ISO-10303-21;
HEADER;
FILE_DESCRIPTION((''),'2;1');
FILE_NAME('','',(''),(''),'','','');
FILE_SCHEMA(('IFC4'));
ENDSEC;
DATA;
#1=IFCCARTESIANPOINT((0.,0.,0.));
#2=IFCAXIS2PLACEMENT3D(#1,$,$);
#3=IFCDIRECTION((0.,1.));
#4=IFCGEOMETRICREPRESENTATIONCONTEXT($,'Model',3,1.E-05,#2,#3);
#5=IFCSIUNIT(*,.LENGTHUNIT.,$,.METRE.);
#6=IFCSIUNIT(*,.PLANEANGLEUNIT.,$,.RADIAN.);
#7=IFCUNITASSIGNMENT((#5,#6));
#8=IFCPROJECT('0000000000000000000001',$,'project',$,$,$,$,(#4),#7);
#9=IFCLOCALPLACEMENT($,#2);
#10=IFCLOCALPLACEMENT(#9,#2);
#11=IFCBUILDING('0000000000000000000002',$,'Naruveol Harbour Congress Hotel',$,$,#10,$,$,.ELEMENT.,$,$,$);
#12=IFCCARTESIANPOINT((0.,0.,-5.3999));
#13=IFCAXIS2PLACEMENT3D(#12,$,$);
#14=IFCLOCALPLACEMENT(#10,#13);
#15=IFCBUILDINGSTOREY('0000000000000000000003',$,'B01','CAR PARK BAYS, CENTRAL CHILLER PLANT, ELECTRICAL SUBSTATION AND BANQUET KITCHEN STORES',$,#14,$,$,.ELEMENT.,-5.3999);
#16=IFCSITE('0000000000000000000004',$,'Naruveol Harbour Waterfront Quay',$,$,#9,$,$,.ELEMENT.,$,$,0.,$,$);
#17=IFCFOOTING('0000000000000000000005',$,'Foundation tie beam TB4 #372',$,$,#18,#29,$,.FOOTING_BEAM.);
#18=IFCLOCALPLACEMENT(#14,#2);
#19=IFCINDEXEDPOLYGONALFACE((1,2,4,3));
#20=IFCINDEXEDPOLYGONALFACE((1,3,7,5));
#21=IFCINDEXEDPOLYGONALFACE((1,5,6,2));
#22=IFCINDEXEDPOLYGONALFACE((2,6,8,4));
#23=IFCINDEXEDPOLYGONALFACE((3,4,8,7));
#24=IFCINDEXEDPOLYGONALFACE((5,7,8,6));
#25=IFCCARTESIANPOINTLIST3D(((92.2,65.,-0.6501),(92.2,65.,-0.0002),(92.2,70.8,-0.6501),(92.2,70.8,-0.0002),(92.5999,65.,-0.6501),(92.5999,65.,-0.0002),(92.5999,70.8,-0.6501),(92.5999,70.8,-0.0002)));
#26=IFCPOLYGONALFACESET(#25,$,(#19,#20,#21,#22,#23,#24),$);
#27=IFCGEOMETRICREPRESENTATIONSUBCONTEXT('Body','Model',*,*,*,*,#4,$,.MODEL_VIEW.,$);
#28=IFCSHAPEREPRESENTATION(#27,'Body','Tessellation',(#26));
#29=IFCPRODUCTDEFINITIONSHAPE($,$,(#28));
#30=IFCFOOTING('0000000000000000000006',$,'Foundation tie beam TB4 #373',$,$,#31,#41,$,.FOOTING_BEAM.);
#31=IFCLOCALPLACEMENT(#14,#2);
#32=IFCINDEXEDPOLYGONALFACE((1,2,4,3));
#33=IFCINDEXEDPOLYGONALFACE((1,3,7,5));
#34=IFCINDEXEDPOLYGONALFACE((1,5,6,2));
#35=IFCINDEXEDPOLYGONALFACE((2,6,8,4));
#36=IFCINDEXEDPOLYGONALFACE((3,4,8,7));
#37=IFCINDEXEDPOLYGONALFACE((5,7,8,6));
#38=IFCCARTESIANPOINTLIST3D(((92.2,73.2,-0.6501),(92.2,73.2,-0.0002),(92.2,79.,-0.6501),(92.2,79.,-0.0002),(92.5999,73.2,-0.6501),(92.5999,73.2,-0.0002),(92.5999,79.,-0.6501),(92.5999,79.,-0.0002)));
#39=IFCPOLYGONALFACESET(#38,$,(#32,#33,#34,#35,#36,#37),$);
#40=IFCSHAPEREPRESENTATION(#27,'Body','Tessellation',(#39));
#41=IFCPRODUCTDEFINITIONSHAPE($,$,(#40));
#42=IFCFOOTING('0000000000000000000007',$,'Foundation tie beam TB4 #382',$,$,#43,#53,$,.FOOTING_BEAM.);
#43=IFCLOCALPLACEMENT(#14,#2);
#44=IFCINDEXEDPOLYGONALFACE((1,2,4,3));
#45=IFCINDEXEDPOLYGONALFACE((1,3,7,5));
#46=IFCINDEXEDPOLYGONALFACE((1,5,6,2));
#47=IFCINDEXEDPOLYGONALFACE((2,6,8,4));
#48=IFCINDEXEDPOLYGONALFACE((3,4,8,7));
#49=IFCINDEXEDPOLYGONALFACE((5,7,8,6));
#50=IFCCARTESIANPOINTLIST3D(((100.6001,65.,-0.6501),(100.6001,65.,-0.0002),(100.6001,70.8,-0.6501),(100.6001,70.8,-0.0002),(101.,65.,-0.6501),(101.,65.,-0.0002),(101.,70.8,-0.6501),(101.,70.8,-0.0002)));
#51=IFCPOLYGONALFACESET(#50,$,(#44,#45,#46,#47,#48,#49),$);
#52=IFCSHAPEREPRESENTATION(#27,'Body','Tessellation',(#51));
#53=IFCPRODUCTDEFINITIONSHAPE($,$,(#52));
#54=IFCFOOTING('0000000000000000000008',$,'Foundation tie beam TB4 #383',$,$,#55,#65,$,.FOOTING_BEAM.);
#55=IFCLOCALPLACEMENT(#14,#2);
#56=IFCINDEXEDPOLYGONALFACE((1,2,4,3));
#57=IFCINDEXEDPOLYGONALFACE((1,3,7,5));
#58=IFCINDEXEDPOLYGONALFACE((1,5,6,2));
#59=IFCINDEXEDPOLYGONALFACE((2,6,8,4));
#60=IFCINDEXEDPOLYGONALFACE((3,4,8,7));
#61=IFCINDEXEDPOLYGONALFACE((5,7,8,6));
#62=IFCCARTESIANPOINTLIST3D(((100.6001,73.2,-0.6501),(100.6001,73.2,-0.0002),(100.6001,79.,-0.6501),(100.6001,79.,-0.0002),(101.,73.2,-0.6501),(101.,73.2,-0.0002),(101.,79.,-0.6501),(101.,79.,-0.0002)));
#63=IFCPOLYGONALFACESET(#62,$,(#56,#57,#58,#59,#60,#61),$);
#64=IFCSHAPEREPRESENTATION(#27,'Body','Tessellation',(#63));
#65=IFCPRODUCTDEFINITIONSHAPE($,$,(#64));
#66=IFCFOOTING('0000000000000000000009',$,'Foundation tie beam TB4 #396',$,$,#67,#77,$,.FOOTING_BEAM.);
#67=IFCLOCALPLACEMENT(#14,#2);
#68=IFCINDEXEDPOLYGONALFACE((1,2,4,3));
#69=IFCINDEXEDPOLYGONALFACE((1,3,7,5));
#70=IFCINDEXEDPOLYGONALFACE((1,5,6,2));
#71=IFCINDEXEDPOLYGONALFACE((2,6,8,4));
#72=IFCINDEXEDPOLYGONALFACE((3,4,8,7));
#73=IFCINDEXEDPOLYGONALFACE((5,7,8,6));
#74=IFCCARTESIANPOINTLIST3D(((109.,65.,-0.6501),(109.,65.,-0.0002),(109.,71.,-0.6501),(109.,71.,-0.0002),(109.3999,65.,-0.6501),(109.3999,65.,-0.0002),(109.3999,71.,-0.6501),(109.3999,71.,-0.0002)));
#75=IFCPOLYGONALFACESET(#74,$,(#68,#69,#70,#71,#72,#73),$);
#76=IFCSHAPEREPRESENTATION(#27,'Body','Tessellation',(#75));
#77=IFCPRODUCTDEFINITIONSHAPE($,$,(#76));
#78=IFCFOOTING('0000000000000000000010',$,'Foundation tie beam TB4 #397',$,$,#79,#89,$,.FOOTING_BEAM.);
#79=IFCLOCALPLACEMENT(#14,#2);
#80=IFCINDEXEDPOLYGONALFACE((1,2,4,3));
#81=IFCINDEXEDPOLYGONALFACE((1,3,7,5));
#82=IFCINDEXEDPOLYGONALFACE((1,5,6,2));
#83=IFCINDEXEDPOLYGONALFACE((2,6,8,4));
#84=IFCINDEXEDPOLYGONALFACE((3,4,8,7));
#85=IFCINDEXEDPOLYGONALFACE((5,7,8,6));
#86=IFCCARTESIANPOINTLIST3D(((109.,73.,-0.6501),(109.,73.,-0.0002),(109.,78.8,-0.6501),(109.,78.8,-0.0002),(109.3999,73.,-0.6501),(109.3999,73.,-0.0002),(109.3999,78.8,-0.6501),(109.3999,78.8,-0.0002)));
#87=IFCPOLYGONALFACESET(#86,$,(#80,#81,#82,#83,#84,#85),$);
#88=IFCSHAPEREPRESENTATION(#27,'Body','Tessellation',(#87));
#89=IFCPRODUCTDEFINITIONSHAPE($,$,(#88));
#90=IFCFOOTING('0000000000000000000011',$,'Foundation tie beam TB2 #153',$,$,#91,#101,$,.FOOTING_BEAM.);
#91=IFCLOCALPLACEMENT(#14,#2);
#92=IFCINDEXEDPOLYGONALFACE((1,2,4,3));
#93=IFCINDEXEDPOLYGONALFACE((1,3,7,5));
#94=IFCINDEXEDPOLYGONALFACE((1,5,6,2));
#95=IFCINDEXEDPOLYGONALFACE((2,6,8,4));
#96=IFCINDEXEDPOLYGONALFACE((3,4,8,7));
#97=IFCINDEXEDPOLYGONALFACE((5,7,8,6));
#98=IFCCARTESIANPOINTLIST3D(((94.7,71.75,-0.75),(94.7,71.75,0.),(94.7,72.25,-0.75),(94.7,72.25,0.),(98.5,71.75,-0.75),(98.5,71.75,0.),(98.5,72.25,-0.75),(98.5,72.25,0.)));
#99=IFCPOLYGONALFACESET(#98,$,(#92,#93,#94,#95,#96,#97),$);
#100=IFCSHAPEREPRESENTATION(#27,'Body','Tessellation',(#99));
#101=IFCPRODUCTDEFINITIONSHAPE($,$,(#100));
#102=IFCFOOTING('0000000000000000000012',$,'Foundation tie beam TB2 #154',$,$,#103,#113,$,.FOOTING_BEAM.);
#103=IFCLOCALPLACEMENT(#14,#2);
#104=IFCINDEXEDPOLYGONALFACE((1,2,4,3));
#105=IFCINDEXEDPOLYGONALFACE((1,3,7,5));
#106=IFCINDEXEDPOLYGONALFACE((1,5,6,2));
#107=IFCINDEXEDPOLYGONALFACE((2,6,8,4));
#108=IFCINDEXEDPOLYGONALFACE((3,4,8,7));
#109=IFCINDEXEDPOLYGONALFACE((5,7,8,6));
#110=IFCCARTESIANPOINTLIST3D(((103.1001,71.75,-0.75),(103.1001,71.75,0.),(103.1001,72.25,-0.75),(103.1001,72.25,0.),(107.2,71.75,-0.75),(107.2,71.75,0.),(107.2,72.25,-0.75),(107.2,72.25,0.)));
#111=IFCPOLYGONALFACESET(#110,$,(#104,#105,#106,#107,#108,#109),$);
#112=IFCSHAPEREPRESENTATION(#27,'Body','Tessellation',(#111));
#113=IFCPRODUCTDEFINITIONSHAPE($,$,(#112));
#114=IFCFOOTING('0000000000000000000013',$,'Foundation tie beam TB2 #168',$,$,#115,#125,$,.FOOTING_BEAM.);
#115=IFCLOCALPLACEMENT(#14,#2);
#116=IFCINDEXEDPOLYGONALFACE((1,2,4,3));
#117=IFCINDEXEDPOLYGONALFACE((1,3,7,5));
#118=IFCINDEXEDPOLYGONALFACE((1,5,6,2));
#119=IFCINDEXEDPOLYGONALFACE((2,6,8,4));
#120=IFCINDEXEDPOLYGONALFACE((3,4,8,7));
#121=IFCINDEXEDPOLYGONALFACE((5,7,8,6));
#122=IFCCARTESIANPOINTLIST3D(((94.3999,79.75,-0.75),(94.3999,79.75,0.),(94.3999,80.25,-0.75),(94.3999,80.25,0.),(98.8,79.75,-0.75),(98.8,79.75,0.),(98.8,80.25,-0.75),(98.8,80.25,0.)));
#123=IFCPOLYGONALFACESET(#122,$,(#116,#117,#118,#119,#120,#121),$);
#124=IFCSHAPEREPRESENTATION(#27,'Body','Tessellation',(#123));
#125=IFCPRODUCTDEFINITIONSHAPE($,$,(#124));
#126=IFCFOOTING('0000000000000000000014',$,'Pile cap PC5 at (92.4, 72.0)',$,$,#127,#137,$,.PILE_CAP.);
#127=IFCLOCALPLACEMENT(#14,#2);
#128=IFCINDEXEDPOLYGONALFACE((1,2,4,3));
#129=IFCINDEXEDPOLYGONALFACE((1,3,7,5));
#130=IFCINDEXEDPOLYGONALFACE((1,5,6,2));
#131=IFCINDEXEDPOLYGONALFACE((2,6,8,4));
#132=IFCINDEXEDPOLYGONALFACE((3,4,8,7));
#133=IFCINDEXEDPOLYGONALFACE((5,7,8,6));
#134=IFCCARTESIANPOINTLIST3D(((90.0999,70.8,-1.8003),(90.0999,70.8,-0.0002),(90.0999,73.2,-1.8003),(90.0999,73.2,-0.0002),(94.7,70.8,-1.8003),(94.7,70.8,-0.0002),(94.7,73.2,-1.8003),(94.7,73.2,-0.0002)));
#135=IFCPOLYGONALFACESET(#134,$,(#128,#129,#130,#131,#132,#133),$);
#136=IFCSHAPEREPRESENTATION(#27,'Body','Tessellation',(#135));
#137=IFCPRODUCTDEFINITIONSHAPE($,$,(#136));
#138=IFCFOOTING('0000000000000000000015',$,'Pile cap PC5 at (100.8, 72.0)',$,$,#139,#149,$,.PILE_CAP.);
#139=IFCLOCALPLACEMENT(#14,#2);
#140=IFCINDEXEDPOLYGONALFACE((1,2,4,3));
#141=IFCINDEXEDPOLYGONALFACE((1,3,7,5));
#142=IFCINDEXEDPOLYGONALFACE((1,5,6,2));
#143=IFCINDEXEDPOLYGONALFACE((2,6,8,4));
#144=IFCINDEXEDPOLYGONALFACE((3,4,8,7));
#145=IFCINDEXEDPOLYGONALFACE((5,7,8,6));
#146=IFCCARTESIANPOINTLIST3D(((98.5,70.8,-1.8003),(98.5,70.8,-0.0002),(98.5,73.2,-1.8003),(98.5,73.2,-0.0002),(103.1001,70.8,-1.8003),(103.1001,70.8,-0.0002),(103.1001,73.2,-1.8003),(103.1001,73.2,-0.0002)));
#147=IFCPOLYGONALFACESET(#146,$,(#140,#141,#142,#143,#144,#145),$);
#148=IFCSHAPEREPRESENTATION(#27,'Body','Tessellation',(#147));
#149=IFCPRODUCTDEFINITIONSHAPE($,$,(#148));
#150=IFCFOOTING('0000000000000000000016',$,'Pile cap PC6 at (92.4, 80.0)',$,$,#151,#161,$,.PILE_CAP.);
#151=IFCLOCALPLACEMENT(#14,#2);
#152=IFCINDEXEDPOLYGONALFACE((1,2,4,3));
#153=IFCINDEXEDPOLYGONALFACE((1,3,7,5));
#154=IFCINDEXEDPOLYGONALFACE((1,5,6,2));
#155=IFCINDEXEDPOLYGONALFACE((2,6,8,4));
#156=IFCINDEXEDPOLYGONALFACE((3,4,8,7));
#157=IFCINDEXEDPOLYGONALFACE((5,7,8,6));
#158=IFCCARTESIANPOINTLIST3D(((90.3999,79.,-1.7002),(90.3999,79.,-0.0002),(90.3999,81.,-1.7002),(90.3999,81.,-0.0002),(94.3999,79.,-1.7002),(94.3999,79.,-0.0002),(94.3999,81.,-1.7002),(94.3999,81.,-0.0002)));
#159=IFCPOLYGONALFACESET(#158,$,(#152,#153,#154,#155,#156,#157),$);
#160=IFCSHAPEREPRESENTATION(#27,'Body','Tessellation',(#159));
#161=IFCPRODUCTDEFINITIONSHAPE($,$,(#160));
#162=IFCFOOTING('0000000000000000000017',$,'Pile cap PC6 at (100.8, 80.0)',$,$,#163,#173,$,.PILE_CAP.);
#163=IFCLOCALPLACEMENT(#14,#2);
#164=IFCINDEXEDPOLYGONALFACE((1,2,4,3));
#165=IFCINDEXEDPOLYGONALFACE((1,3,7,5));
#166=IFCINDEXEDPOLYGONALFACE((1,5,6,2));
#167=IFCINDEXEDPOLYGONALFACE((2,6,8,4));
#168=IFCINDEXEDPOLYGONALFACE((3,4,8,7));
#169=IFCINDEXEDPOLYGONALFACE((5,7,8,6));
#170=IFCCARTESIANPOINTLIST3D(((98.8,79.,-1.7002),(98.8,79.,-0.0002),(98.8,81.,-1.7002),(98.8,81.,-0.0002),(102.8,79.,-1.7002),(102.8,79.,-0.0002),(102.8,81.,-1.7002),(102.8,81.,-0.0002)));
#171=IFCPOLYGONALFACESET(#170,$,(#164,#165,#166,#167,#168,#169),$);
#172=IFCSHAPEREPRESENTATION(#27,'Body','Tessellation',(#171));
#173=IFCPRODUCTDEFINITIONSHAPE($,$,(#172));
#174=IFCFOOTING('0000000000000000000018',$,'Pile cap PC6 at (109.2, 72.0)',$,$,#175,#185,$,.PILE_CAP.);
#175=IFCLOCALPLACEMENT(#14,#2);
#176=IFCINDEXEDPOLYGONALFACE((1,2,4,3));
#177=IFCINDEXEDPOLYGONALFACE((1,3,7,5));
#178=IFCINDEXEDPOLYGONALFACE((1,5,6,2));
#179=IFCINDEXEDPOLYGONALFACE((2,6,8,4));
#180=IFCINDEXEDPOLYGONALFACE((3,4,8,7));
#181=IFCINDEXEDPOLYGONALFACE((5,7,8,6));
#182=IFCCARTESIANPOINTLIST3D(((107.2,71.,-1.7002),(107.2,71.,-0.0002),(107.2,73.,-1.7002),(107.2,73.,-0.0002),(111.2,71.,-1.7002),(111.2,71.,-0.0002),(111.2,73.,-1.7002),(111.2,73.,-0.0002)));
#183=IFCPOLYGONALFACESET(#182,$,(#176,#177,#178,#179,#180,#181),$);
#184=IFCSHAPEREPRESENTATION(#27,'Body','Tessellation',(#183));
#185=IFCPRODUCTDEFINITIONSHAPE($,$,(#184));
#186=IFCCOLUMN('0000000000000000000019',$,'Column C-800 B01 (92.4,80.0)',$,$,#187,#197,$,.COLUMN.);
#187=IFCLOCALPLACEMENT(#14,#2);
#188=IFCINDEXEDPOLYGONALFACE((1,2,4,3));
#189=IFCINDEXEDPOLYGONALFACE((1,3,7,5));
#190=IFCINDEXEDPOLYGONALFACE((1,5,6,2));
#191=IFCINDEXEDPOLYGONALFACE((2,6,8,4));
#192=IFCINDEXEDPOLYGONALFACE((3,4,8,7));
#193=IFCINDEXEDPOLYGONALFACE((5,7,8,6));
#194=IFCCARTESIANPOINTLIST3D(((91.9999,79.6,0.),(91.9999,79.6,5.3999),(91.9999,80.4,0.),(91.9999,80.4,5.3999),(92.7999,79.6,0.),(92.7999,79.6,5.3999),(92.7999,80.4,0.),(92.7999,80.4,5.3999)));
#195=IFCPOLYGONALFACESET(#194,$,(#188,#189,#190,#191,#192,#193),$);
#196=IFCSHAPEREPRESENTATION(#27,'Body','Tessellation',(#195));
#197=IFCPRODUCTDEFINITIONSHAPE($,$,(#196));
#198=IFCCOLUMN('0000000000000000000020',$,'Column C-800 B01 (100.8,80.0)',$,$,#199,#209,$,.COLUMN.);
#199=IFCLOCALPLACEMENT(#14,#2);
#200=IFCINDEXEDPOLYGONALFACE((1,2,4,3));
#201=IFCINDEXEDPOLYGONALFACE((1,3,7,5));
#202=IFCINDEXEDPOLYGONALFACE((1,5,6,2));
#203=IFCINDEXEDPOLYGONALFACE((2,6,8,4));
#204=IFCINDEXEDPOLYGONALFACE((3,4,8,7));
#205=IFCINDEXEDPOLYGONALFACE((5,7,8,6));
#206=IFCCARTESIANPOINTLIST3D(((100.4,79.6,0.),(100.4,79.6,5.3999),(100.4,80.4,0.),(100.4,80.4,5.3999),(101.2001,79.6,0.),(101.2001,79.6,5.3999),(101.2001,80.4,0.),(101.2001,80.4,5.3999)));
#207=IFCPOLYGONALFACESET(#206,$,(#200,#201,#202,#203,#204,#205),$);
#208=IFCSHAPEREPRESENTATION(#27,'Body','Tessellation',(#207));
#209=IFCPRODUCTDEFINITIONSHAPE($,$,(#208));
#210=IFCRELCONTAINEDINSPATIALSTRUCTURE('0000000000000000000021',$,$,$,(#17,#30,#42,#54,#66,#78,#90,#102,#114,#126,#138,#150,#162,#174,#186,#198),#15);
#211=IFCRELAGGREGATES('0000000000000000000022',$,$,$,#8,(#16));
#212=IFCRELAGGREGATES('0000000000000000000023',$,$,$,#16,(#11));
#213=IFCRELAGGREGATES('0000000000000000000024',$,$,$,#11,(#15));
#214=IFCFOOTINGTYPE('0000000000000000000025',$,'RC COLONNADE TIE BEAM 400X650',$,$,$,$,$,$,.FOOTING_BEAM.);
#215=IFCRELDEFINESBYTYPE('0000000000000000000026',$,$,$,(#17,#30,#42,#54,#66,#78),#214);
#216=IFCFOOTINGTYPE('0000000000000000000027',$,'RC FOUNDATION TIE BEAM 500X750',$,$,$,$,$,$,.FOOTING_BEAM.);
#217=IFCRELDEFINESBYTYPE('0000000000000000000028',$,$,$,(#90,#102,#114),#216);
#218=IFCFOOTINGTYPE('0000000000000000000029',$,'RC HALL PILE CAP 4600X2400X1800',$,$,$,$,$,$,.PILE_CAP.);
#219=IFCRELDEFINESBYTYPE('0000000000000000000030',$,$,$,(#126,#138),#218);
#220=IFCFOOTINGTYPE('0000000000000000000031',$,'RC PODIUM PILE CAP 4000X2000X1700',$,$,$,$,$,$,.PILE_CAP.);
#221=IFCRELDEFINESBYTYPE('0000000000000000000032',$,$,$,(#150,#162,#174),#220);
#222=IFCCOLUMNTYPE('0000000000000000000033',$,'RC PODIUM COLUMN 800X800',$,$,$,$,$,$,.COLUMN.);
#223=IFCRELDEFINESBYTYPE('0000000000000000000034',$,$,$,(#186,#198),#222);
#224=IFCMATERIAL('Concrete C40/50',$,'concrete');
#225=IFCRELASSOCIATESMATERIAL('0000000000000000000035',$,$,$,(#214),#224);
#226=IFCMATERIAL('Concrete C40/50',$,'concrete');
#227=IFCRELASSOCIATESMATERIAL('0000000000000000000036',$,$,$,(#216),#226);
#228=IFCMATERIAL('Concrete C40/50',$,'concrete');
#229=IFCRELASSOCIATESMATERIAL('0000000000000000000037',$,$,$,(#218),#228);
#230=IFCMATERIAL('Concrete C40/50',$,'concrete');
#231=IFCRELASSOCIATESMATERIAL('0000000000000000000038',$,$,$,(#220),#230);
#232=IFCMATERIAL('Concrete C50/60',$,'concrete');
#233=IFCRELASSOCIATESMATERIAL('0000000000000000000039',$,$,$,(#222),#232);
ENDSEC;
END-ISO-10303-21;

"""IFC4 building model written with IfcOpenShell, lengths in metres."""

from ifc_helpers import new_model, si_unit, direction, frame, origin, origin_2d, place, context, subcontext, project, spatial, rectangle, extrude, material, material_profile, profile_set, type_object, element, save


model = new_model("IFC4")

# Units and contexts
model_context = context("Model", 3, precision=1e-05, world=origin(), true_north=direction((0.0, 1.0)))
body_context = subcontext(model_context, "Body", "Model", "MODEL_VIEW")
ifc_project = project(units=[si_unit("LENGTHUNIT", "METRE"), si_unit("PLANEANGLEUNIT", "RADIAN")], contexts=[model_context])

# Site, building, storey
site_placement = place(None, origin())
site = spatial("IfcSite", under=ifc_project, at=site_placement, Name="Naruveol Harbour Waterfront Quay", CompositionType="ELEMENT", RefElevation=0.0)
building_placement = place(site_placement, origin())
building = spatial("IfcBuilding", under=site, at=building_placement, Name="Naruveol Harbour Congress Hotel", CompositionType="ELEMENT")
storey_placement = place(building_placement, frame((0.0, 0.0, -5.3999)))
storey = spatial("IfcBuildingStorey", under=building, at=storey_placement, Name="B01", Description="CAR PARK BAYS, CENTRAL CHILLER PLANT, ELECTRICAL SUBSTATION AND BANQUET KITCHEN STORES", CompositionType="ELEMENT", Elevation=-5.3999)

# Footings
ifc_material_1 = material(Name="Concrete C40/50", Category="concrete")
ifc_material_profile_1 = material_profile(ifc_material_1, rectangle(XDim=0.3999, YDim=0.6499, at=origin_2d()), Name="RCB-400x650")
ifc_profile_set_1 = profile_set([ifc_material_profile_1], Name="Concrete C40/50")
footing_type_1 = type_object("IfcFootingType", Name="RC COLONNADE TIE BEAM 400X650", PredefinedType="FOOTING_BEAM", material=ifc_profile_set_1)
for number, where, z_axis, x_axis, name in (
    (1, (92.3999, 65.0, -0.3252), (0.0, 1.0, 0.0), (-1.0, 0.0, 0.0), "Foundation tie beam TB4 #372"),
    (2, (92.3999, 73.2, -0.3252), (0.0, 1.0, 0.0), (-1.0, 0.0, 0.0), "Foundation tie beam TB4 #373"),
    (3, (100.8, 65.0, -0.3252), (0.0, 1.0, 0.0), (-1.0, 0.0, 0.0), "Foundation tie beam TB4 #382"),
    (4, (100.8, 73.2, -0.3252), (0.0, 1.0, 0.0), (-1.0, 0.0, 0.0), "Foundation tie beam TB4 #383"),
):
    element("IfcFooting", number, at=place(storey_placement, frame(where, z_axis=z_axis, x_axis=x_axis)), inside=storey, type_object=footing_type_1, Name=name, PredefinedType="FOOTING_BEAM", context=body_context, shape_type="SweptSolid", body=[
        extrude(rectangle(XDim=0.3999, YDim=0.6499, at=origin_2d()), origin(), (0.0, 0.0, 1.0), 5.8),
    ])
footing_1_placement = place(storey_placement, frame((109.2, 65.0, -0.3252), z_axis=(0.0, 1.0, 0.0), x_axis=(-1.0, 0.0, 0.0)))
element("IfcFooting", 5, at=footing_1_placement, inside=storey, type_object=footing_type_1, Name="Foundation tie beam TB4 #396", PredefinedType="FOOTING_BEAM", context=body_context, shape_type="SweptSolid", body=[
    extrude(rectangle(XDim=0.3999, YDim=0.6499, at=origin_2d()), origin(), (0.0, 0.0, 1.0), 6.0),
])
footing_2_placement = place(storey_placement, frame((109.2, 73.0, -0.3252), z_axis=(0.0, 1.0, 0.0), x_axis=(-1.0, 0.0, 0.0)))
element("IfcFooting", 6, at=footing_2_placement, inside=storey, type_object=footing_type_1, Name="Foundation tie beam TB4 #397", PredefinedType="FOOTING_BEAM", context=body_context, shape_type="SweptSolid", body=[
    extrude(rectangle(XDim=0.3999, YDim=0.6499, at=origin_2d()), origin(), (0.0, 0.0, 1.0), 5.8),
])
ifc_material_2 = material(Name="Concrete C40/50", Category="concrete")
ifc_material_profile_2 = material_profile(ifc_material_2, rectangle(XDim=0.5, YDim=0.75, at=origin_2d()), Name="RCB-500x750")
ifc_profile_set_2 = profile_set([ifc_material_profile_2], Name="Concrete C40/50")
footing_type_2 = type_object("IfcFootingType", Name="RC FOUNDATION TIE BEAM 500X750", PredefinedType="FOOTING_BEAM", material=ifc_profile_set_2)
footing_3_placement = place(storey_placement, frame((94.7, 72.0, -0.375), z_axis=(1.0, 0.0, 0.0), x_axis=(0.0, 1.0, 0.0)))
element("IfcFooting", 7, at=footing_3_placement, inside=storey, type_object=footing_type_2, Name="Foundation tie beam TB2 #153", PredefinedType="FOOTING_BEAM", context=body_context, shape_type="SweptSolid", body=[
    extrude(rectangle(XDim=0.5, YDim=0.75, at=origin_2d()), origin(), (0.0, 0.0, 1.0), 3.8),
])
footing_4_placement = place(storey_placement, frame((103.1001, 72.0, -0.375), z_axis=(1.0, 0.0, 0.0), x_axis=(0.0, 1.0, 0.0)))
element("IfcFooting", 8, at=footing_4_placement, inside=storey, type_object=footing_type_2, Name="Foundation tie beam TB2 #154", PredefinedType="FOOTING_BEAM", context=body_context, shape_type="SweptSolid", body=[
    extrude(rectangle(XDim=0.5, YDim=0.75, at=origin_2d()), origin(), (0.0, 0.0, 1.0), 4.0999),
])
footing_5_placement = place(storey_placement, frame((94.3999, 80.0, -0.375), z_axis=(1.0, 0.0, 0.0), x_axis=(0.0, 1.0, 0.0)))
element("IfcFooting", 9, at=footing_5_placement, inside=storey, type_object=footing_type_2, Name="Foundation tie beam TB2 #168", PredefinedType="FOOTING_BEAM", context=body_context, shape_type="SweptSolid", body=[
    extrude(rectangle(XDim=0.5, YDim=0.75, at=origin_2d()), origin(), (0.0, 0.0, 1.0), 4.4001),
])
ifc_material_3 = material(Name="Concrete C40/50", Category="concrete")
footing_type_3 = type_object("IfcFootingType", Name="RC HALL PILE CAP 4600X2400X1800", PredefinedType="PILE_CAP", material=ifc_material_3)
for number, where, z_axis, x_axis, name in (
    (10, (92.3999, 72.0, -1.8003), (0.0, 0.0, 1.0), (1.0, 0.0, 0.0), "Pile cap PC5 at (92.4, 72.0)"),
    (11, (100.8, 72.0, -1.8003), (0.0, 0.0, 1.0), (1.0, 0.0, 0.0), "Pile cap PC5 at (100.8, 72.0)"),
):
    element("IfcFooting", number, at=place(storey_placement, frame(where, z_axis=z_axis, x_axis=x_axis)), inside=storey, type_object=footing_type_3, Name=name, PredefinedType="PILE_CAP", context=body_context, shape_type="SweptSolid", body=[
        extrude(rectangle(XDim=4.6001, YDim=2.3999, at=origin_2d()), origin(), (0.0, 0.0, 1.0), 1.8),
    ])
ifc_material_4 = material(Name="Concrete C40/50", Category="concrete")
footing_type_4 = type_object("IfcFootingType", Name="RC PODIUM PILE CAP 4000X2000X1700", PredefinedType="PILE_CAP", material=ifc_material_4)
for number, where, z_axis, x_axis, name in (
    (12, (92.3999, 80.0, -1.7002), (0.0, 0.0, 1.0), (1.0, 0.0, 0.0), "Pile cap PC6 at (92.4, 80.0)"),
    (13, (100.8, 80.0, -1.7002), (0.0, 0.0, 1.0), (1.0, 0.0, 0.0), "Pile cap PC6 at (100.8, 80.0)"),
    (14, (109.2, 72.0, -1.7002), (0.0, 0.0, 1.0), (1.0, 0.0, 0.0), "Pile cap PC6 at (109.2, 72.0)"),
):
    element("IfcFooting", number, at=place(storey_placement, frame(where, z_axis=z_axis, x_axis=x_axis)), inside=storey, type_object=footing_type_4, Name=name, PredefinedType="PILE_CAP", context=body_context, shape_type="SweptSolid", body=[
        extrude(rectangle(XDim=4.0, YDim=2.0, at=origin_2d()), origin(), (0.0, 0.0, 1.0), 1.7),
    ])

# Columns
ifc_material_5 = material(Name="Concrete C50/60", Category="concrete")
ifc_material_profile_3 = material_profile(ifc_material_5, rectangle(XDim=0.8, YDim=0.8, at=origin_2d()), Name="RC-800x800")
ifc_profile_set_3 = profile_set([ifc_material_profile_3], Name="Concrete C50/60")
column_type_1 = type_object("IfcColumnType", Name="RC PODIUM COLUMN 800X800", PredefinedType="COLUMN", material=ifc_profile_set_3)
for number, where, z_axis, x_axis, name in (
    (15, (92.3999, 80.0, 0.0), (0.0, 0.0, 1.0), (1.0, 0.0, 0.0), "Column C-800 B01 (92.4,80.0)"),
    (16, (100.8, 80.0, 0.0), (0.0, 0.0, 1.0), (1.0, 0.0, 0.0), "Column C-800 B01 (100.8,80.0)"),
):
    element("IfcColumn", number, at=place(storey_placement, frame(where, z_axis=z_axis, x_axis=x_axis)), inside=storey, type_object=column_type_1, Name=name, PredefinedType="COLUMN", context=body_context, shape_type="SweptSolid", body=[
        extrude(rectangle(XDim=0.8, YDim=0.8, at=origin_2d()), origin(), (0.0, 0.0, 1.0), 5.3999),
    ])

save(model, "model.ifc")
